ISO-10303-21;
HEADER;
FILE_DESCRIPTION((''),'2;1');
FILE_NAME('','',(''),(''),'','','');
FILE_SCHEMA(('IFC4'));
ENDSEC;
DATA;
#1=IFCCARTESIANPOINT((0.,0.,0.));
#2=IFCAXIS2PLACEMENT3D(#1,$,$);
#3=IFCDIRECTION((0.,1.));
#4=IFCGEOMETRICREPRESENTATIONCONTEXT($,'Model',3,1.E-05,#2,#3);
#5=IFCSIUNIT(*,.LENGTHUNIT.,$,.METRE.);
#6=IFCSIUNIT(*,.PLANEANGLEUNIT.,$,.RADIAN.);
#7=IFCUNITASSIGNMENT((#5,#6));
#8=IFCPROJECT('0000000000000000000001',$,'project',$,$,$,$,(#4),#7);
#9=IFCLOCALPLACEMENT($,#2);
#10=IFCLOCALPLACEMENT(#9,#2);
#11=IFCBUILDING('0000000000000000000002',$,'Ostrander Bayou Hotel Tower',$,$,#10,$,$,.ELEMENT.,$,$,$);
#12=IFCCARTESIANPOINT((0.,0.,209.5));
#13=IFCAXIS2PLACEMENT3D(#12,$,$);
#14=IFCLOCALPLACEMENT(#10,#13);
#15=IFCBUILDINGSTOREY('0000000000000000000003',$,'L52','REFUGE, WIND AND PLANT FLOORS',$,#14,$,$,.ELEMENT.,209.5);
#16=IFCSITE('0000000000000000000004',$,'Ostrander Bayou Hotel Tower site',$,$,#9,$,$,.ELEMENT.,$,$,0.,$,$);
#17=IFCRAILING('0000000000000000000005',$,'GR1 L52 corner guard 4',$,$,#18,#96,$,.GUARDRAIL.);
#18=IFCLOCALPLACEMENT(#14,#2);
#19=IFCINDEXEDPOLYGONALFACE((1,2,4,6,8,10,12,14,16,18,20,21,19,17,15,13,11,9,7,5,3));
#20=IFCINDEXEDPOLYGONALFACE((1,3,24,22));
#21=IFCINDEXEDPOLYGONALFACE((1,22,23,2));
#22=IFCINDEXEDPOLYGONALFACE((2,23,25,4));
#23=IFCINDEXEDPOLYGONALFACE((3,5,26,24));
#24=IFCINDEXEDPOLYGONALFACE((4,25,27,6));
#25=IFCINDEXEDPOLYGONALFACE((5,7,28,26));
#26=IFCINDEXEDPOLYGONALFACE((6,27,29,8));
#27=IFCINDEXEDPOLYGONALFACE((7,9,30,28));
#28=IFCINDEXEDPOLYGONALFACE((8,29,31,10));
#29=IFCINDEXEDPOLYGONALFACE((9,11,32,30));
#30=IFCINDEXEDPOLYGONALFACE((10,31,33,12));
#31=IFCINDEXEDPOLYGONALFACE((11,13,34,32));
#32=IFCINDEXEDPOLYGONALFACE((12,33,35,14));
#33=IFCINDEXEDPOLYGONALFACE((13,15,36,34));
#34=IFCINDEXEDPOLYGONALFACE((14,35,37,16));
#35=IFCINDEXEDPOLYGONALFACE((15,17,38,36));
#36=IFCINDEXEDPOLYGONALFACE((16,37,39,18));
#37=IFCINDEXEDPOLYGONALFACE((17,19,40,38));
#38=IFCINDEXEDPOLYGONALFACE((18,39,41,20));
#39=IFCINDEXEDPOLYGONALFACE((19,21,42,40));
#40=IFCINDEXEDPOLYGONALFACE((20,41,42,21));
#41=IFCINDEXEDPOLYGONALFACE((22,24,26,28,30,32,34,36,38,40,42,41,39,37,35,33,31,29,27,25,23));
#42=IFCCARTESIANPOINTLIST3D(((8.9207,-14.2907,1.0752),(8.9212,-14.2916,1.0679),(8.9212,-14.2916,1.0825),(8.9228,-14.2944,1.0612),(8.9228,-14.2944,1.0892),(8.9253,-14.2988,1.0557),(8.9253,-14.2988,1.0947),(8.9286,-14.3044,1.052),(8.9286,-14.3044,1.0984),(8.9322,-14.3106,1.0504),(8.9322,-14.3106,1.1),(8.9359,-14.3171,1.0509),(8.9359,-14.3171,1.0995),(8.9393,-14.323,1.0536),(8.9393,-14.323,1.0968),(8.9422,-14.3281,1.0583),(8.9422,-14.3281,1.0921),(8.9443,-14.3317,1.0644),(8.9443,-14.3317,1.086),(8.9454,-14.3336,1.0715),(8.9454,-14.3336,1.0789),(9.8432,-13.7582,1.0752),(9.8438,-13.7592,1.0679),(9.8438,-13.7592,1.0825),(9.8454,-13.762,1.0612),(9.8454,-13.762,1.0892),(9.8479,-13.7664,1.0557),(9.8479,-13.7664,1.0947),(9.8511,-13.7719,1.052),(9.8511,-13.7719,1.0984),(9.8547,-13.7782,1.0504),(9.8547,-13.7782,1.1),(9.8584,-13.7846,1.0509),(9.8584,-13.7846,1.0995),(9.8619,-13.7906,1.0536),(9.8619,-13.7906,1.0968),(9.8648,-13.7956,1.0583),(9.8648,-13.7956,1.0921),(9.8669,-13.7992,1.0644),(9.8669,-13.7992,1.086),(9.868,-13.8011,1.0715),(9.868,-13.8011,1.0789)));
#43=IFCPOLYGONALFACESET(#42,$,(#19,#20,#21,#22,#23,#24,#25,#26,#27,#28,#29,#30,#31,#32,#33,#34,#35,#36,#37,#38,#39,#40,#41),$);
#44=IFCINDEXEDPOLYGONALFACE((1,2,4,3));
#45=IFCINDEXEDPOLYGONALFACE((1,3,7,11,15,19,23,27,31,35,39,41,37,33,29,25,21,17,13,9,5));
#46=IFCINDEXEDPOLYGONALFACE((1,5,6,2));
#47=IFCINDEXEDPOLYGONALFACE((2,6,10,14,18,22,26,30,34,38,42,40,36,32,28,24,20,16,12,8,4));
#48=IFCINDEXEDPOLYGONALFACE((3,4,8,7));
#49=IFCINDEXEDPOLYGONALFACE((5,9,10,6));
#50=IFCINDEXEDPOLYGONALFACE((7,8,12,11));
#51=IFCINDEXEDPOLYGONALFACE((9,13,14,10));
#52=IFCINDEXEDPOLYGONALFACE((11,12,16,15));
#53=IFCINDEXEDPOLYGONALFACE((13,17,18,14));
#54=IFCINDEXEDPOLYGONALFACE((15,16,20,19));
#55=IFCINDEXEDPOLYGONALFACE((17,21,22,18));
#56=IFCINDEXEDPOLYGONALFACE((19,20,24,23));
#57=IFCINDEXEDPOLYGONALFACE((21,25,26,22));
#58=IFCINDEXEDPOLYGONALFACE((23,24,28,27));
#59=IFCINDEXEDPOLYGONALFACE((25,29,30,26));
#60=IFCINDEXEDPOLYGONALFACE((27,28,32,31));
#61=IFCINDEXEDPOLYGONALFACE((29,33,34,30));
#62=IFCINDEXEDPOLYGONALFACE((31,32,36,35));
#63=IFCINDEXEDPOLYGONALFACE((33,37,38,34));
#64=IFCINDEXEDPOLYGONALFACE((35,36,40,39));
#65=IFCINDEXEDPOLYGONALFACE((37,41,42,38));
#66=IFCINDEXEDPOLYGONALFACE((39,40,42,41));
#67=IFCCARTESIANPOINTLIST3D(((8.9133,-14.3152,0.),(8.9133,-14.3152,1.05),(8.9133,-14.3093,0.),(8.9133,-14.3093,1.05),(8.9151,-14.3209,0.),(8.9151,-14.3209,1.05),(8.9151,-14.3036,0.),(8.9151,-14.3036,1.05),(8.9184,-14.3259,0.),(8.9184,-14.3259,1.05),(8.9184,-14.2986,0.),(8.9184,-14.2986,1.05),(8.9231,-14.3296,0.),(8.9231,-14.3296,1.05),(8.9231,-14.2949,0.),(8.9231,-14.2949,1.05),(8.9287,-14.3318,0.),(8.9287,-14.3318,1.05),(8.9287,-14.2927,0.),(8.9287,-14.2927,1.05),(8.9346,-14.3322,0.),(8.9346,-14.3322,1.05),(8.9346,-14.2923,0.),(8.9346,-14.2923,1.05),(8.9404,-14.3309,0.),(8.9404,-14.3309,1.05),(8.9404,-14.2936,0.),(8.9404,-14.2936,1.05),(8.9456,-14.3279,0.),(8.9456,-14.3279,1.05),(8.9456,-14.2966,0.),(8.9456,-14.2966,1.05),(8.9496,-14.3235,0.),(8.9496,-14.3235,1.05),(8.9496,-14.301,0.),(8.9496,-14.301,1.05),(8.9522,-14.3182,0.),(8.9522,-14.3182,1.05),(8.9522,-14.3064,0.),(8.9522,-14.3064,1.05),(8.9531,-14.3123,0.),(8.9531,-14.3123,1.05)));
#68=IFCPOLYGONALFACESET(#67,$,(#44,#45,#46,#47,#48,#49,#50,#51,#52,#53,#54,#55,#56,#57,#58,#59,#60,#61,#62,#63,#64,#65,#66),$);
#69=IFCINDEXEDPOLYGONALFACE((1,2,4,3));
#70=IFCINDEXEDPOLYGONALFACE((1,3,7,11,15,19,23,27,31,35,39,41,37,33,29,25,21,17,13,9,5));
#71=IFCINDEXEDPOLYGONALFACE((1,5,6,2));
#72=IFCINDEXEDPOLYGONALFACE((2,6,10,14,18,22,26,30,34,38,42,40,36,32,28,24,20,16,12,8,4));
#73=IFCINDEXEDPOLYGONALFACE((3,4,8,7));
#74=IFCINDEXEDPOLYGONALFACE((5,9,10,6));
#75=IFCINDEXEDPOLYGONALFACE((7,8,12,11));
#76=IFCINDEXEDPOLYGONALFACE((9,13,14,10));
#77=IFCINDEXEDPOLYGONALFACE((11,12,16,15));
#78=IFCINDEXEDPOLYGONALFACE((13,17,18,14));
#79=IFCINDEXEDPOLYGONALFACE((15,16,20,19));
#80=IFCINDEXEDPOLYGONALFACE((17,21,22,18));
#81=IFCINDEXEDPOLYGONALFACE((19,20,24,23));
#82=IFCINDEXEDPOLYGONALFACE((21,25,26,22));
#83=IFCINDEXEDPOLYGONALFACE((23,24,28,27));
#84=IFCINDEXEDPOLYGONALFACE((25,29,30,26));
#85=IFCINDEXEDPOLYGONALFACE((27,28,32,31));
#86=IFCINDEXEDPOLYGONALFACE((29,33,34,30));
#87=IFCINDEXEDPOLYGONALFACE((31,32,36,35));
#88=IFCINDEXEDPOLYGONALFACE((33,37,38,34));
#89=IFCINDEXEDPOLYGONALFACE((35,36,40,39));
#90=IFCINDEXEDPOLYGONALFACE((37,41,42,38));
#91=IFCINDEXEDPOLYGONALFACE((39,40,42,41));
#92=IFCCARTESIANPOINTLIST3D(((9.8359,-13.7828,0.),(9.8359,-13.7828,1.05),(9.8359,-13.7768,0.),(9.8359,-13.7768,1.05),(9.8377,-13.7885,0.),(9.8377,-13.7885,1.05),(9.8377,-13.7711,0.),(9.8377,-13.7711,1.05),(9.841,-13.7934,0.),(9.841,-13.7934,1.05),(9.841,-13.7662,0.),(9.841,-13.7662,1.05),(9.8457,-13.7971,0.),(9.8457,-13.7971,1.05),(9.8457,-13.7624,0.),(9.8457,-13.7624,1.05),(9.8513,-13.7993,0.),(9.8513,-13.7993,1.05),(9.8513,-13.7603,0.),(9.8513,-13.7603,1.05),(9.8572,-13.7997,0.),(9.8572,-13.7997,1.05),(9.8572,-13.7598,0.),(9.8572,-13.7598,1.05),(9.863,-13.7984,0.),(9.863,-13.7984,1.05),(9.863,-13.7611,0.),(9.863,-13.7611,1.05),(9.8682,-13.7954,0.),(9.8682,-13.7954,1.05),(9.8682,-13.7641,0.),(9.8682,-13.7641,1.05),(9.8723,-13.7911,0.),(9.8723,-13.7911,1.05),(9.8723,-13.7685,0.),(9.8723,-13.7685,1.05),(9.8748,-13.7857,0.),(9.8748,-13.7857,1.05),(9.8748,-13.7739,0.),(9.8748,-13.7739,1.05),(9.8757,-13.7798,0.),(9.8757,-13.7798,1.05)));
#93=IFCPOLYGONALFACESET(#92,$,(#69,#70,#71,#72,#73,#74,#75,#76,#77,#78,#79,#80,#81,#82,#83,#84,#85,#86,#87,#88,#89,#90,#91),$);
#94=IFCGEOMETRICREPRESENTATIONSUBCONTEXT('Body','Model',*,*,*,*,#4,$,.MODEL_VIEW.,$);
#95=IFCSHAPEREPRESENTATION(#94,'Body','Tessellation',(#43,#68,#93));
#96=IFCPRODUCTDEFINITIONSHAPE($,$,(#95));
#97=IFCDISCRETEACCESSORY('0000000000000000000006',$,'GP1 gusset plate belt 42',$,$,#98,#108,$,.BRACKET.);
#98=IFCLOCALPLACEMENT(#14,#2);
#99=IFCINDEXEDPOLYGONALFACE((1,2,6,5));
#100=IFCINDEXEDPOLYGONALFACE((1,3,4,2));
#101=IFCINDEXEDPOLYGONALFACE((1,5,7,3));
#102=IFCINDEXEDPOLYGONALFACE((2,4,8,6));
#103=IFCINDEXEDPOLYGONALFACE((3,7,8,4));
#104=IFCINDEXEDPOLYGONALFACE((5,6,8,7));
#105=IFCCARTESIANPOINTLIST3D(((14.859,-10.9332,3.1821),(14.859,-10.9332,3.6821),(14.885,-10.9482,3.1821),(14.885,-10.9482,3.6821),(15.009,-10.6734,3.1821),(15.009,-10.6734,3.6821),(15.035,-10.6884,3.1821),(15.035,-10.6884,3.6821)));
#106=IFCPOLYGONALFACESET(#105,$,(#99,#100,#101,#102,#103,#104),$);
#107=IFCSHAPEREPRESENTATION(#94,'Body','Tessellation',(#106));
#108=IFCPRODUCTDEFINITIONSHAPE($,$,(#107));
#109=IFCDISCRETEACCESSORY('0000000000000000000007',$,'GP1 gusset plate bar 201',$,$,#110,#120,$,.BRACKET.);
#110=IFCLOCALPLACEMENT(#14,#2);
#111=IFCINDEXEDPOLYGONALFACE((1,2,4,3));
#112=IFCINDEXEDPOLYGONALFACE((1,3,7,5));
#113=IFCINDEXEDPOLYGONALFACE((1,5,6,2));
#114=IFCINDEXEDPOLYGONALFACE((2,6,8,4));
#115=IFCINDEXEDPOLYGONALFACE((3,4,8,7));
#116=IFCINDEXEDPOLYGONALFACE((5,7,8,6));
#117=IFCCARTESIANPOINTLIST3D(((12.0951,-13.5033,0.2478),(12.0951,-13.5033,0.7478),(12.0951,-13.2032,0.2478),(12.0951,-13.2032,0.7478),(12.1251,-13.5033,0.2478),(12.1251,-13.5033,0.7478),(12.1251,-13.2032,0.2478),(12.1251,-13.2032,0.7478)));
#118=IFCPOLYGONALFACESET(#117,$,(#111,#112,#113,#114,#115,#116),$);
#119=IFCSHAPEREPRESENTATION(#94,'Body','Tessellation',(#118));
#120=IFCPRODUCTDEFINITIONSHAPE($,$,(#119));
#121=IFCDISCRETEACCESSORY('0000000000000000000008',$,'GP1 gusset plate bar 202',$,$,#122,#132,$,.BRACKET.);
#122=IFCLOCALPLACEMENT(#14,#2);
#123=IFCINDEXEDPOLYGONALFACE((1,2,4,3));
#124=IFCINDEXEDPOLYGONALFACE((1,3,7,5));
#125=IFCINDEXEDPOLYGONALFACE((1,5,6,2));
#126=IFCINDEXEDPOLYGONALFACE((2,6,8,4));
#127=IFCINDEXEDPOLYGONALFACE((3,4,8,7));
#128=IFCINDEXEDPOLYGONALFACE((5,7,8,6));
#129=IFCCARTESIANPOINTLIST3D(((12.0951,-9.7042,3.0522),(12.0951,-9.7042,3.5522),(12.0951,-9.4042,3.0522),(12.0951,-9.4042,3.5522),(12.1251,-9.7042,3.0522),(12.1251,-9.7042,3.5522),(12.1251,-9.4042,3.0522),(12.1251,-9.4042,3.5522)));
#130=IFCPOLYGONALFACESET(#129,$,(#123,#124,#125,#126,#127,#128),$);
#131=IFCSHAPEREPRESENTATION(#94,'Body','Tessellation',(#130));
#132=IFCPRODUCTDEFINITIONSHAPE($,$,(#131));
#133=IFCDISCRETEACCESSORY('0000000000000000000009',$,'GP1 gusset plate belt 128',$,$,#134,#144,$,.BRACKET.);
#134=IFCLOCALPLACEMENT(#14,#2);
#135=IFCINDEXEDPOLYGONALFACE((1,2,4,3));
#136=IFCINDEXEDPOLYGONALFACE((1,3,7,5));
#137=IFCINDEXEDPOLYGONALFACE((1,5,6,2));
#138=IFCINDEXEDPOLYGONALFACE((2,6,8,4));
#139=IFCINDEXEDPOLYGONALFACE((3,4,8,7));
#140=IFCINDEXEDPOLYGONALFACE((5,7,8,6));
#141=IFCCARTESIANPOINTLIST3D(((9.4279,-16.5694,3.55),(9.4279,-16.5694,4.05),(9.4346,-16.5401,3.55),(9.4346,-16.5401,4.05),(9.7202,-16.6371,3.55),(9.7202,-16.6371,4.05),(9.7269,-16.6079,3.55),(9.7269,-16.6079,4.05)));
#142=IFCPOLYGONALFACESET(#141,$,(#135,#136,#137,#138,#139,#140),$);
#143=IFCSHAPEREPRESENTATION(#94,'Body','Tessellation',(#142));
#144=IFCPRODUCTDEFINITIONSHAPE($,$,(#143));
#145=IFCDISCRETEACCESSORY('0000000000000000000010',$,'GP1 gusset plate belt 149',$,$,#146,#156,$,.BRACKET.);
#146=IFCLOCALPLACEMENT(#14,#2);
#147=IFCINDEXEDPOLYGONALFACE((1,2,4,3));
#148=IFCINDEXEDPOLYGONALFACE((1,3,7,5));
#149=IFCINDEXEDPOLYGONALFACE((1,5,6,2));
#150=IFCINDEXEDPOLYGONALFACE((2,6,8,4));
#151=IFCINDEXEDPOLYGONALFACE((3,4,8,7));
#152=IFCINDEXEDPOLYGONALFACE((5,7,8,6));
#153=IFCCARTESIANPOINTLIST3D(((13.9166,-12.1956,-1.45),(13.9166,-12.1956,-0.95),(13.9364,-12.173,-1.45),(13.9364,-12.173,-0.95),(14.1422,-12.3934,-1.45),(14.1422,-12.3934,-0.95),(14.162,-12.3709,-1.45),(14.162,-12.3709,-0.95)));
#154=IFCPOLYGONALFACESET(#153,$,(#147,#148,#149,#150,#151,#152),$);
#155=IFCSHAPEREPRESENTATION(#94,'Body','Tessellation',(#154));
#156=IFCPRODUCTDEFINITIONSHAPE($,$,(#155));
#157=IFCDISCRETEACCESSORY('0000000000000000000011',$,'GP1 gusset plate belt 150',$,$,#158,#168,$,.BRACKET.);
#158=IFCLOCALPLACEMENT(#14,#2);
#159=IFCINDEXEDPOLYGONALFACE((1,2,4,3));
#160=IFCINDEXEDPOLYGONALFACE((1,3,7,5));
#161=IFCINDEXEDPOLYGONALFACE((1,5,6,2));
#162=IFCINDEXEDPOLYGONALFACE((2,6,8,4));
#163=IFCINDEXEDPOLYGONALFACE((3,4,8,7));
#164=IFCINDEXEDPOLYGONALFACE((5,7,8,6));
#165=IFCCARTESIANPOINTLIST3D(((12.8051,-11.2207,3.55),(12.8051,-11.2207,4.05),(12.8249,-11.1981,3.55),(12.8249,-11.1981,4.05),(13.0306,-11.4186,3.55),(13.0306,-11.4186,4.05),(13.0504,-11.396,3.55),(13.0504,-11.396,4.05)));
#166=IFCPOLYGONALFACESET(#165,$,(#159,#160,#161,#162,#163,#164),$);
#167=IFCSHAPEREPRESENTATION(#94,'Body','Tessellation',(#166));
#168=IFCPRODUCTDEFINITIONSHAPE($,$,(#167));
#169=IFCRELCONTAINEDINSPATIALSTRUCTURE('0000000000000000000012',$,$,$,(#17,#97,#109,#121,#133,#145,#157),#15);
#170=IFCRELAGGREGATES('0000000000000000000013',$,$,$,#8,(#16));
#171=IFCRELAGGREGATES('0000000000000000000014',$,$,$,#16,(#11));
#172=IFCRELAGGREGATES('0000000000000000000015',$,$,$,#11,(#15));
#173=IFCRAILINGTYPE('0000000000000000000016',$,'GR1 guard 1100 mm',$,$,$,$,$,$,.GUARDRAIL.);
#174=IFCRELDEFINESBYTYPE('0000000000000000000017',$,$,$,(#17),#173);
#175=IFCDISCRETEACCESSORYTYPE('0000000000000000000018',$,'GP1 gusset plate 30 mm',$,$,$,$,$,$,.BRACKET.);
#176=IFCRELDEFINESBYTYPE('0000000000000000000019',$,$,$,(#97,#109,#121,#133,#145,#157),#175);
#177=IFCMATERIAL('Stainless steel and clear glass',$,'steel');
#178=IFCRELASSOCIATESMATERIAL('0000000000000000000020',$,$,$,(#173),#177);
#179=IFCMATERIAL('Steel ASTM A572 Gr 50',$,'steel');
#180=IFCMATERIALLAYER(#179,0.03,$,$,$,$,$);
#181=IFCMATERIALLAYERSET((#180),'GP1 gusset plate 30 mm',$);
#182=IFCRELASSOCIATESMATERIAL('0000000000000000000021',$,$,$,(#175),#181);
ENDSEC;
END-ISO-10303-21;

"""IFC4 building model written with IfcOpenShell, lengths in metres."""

from ifc_helpers import new_model, si_unit, direction, frame, origin, origin_2d, place, context, subcontext, project, spatial, rectangle, circle, extrude, material, layer, layer_set, type_object, element, save


model = new_model("IFC4")

# Units and contexts
model_context = context("Model", 3, precision=1e-05, world=origin(), true_north=direction((0.0, 1.0)))
body_context = subcontext(model_context, "Body", "Model", "MODEL_VIEW")
ifc_project = project(units=[si_unit("LENGTHUNIT", "METRE"), si_unit("PLANEANGLEUNIT", "RADIAN")], contexts=[model_context])

# Site, building, storey
site_placement = place(None, origin())
site = spatial("IfcSite", under=ifc_project, at=site_placement, Name="Ostrander Bayou Hotel Tower site", CompositionType="ELEMENT", RefElevation=0.0)
building_placement = place(site_placement, origin())
building = spatial("IfcBuilding", under=site, at=building_placement, Name="Ostrander Bayou Hotel Tower", CompositionType="ELEMENT")
storey_placement = place(building_placement, frame((0.0, 0.0, 209.5)))
storey = spatial("IfcBuildingStorey", under=building, at=storey_placement, Name="L52", Description="REFUGE, WIND AND PLANT FLOORS", CompositionType="ELEMENT", Elevation=209.5)

# Railing
ifc_material_1 = material(Name="Stainless steel and clear glass", Category="steel")
railing_type = type_object("IfcRailingType", Name="GR1 guard 1100 mm", PredefinedType="GUARDRAIL", material=ifc_material_1)
railing_1_placement = place(storey_placement, frame((8.9331, -14.3123, 0.0)))
element("IfcRailing", 1, at=railing_1_placement, inside=storey, type_object=railing_type, Name="GR1 L52 corner guard 4", PredefinedType="GUARDRAIL", context=body_context, shape_type="SweptSolid", body=[
    extrude(circle(Radius=0.0249, at=origin_2d()), frame((0.0, 0.0, 1.0752), z_axis=(0.866105, 0.499861, 0.0), x_axis=(-0.499861, 0.866105, 0.0)), (0.0, 0.0, 1.0), 1.0652),
    extrude(circle(Radius=0.02, at=origin_2d()), origin(), (0.0, 0.0, 1.0), 1.05),
    extrude(circle(Radius=0.02, at=origin_2d()), frame((0.9226, 0.5325, 0.0)), (0.0, 0.0, 1.0), 1.05),
])

# Discrete accessories
ifc_material_2 = material(Name="Steel ASTM A572 Gr 50", Category="steel")
ifc_layer_1 = layer(ifc_material_2, 0.03)
ifc_layer_set_1 = layer_set([ifc_layer_1], Name="GP1 gusset plate 30 mm")
discrete_accessory_type = type_object("IfcDiscreteAccessoryType", Name="GP1 gusset plate 30 mm", PredefinedType="BRACKET", material=ifc_layer_set_1)
for number, where, z_axis, x_axis, name in (
    (2, (14.947, -10.8108, 3.1821), (0.0, 0.0, 1.0), (-0.500015, -0.866017, 0.0), "GP1 gusset plate belt 42"),
    (3, (12.1101, -13.3533, 0.2478), (0.0, 0.0, 1.0), (0.0, 1.0, 0.0), "GP1 gusset plate bar 201"),
    (4, (12.1101, -9.5542, 3.0522), (0.0, 0.0, 1.0), (0.0, 1.0, 0.0), "GP1 gusset plate bar 202"),
    (5, (9.5774, -16.5886, 3.55), (0.0, 0.0, 1.0), (-0.974166, 0.225835, 0.0), "GP1 gusset plate belt 128"),
    (6, (14.0393, -12.2832, -1.45), (0.0, 0.0, 1.0), (-0.751725, 0.659477, 0.0), "GP1 gusset plate belt 149"),
    (7, (12.9277, -11.3083, 3.55), (0.0, 0.0, 1.0), (-0.751725, 0.659477, 0.0), "GP1 gusset plate belt 150"),
):
    element("IfcDiscreteAccessory", number, at=place(storey_placement, frame(where, z_axis=z_axis, x_axis=x_axis)), inside=storey, type_object=discrete_accessory_type, Name=name, PredefinedType="BRACKET", context=body_context, shape_type="SweptSolid", body=[
        extrude(rectangle(XDim=0.3, YDim=0.03, at=origin_2d()), origin(), (0.0, 0.0, 1.0), 0.5),
    ])

save(model, "model.ifc")
